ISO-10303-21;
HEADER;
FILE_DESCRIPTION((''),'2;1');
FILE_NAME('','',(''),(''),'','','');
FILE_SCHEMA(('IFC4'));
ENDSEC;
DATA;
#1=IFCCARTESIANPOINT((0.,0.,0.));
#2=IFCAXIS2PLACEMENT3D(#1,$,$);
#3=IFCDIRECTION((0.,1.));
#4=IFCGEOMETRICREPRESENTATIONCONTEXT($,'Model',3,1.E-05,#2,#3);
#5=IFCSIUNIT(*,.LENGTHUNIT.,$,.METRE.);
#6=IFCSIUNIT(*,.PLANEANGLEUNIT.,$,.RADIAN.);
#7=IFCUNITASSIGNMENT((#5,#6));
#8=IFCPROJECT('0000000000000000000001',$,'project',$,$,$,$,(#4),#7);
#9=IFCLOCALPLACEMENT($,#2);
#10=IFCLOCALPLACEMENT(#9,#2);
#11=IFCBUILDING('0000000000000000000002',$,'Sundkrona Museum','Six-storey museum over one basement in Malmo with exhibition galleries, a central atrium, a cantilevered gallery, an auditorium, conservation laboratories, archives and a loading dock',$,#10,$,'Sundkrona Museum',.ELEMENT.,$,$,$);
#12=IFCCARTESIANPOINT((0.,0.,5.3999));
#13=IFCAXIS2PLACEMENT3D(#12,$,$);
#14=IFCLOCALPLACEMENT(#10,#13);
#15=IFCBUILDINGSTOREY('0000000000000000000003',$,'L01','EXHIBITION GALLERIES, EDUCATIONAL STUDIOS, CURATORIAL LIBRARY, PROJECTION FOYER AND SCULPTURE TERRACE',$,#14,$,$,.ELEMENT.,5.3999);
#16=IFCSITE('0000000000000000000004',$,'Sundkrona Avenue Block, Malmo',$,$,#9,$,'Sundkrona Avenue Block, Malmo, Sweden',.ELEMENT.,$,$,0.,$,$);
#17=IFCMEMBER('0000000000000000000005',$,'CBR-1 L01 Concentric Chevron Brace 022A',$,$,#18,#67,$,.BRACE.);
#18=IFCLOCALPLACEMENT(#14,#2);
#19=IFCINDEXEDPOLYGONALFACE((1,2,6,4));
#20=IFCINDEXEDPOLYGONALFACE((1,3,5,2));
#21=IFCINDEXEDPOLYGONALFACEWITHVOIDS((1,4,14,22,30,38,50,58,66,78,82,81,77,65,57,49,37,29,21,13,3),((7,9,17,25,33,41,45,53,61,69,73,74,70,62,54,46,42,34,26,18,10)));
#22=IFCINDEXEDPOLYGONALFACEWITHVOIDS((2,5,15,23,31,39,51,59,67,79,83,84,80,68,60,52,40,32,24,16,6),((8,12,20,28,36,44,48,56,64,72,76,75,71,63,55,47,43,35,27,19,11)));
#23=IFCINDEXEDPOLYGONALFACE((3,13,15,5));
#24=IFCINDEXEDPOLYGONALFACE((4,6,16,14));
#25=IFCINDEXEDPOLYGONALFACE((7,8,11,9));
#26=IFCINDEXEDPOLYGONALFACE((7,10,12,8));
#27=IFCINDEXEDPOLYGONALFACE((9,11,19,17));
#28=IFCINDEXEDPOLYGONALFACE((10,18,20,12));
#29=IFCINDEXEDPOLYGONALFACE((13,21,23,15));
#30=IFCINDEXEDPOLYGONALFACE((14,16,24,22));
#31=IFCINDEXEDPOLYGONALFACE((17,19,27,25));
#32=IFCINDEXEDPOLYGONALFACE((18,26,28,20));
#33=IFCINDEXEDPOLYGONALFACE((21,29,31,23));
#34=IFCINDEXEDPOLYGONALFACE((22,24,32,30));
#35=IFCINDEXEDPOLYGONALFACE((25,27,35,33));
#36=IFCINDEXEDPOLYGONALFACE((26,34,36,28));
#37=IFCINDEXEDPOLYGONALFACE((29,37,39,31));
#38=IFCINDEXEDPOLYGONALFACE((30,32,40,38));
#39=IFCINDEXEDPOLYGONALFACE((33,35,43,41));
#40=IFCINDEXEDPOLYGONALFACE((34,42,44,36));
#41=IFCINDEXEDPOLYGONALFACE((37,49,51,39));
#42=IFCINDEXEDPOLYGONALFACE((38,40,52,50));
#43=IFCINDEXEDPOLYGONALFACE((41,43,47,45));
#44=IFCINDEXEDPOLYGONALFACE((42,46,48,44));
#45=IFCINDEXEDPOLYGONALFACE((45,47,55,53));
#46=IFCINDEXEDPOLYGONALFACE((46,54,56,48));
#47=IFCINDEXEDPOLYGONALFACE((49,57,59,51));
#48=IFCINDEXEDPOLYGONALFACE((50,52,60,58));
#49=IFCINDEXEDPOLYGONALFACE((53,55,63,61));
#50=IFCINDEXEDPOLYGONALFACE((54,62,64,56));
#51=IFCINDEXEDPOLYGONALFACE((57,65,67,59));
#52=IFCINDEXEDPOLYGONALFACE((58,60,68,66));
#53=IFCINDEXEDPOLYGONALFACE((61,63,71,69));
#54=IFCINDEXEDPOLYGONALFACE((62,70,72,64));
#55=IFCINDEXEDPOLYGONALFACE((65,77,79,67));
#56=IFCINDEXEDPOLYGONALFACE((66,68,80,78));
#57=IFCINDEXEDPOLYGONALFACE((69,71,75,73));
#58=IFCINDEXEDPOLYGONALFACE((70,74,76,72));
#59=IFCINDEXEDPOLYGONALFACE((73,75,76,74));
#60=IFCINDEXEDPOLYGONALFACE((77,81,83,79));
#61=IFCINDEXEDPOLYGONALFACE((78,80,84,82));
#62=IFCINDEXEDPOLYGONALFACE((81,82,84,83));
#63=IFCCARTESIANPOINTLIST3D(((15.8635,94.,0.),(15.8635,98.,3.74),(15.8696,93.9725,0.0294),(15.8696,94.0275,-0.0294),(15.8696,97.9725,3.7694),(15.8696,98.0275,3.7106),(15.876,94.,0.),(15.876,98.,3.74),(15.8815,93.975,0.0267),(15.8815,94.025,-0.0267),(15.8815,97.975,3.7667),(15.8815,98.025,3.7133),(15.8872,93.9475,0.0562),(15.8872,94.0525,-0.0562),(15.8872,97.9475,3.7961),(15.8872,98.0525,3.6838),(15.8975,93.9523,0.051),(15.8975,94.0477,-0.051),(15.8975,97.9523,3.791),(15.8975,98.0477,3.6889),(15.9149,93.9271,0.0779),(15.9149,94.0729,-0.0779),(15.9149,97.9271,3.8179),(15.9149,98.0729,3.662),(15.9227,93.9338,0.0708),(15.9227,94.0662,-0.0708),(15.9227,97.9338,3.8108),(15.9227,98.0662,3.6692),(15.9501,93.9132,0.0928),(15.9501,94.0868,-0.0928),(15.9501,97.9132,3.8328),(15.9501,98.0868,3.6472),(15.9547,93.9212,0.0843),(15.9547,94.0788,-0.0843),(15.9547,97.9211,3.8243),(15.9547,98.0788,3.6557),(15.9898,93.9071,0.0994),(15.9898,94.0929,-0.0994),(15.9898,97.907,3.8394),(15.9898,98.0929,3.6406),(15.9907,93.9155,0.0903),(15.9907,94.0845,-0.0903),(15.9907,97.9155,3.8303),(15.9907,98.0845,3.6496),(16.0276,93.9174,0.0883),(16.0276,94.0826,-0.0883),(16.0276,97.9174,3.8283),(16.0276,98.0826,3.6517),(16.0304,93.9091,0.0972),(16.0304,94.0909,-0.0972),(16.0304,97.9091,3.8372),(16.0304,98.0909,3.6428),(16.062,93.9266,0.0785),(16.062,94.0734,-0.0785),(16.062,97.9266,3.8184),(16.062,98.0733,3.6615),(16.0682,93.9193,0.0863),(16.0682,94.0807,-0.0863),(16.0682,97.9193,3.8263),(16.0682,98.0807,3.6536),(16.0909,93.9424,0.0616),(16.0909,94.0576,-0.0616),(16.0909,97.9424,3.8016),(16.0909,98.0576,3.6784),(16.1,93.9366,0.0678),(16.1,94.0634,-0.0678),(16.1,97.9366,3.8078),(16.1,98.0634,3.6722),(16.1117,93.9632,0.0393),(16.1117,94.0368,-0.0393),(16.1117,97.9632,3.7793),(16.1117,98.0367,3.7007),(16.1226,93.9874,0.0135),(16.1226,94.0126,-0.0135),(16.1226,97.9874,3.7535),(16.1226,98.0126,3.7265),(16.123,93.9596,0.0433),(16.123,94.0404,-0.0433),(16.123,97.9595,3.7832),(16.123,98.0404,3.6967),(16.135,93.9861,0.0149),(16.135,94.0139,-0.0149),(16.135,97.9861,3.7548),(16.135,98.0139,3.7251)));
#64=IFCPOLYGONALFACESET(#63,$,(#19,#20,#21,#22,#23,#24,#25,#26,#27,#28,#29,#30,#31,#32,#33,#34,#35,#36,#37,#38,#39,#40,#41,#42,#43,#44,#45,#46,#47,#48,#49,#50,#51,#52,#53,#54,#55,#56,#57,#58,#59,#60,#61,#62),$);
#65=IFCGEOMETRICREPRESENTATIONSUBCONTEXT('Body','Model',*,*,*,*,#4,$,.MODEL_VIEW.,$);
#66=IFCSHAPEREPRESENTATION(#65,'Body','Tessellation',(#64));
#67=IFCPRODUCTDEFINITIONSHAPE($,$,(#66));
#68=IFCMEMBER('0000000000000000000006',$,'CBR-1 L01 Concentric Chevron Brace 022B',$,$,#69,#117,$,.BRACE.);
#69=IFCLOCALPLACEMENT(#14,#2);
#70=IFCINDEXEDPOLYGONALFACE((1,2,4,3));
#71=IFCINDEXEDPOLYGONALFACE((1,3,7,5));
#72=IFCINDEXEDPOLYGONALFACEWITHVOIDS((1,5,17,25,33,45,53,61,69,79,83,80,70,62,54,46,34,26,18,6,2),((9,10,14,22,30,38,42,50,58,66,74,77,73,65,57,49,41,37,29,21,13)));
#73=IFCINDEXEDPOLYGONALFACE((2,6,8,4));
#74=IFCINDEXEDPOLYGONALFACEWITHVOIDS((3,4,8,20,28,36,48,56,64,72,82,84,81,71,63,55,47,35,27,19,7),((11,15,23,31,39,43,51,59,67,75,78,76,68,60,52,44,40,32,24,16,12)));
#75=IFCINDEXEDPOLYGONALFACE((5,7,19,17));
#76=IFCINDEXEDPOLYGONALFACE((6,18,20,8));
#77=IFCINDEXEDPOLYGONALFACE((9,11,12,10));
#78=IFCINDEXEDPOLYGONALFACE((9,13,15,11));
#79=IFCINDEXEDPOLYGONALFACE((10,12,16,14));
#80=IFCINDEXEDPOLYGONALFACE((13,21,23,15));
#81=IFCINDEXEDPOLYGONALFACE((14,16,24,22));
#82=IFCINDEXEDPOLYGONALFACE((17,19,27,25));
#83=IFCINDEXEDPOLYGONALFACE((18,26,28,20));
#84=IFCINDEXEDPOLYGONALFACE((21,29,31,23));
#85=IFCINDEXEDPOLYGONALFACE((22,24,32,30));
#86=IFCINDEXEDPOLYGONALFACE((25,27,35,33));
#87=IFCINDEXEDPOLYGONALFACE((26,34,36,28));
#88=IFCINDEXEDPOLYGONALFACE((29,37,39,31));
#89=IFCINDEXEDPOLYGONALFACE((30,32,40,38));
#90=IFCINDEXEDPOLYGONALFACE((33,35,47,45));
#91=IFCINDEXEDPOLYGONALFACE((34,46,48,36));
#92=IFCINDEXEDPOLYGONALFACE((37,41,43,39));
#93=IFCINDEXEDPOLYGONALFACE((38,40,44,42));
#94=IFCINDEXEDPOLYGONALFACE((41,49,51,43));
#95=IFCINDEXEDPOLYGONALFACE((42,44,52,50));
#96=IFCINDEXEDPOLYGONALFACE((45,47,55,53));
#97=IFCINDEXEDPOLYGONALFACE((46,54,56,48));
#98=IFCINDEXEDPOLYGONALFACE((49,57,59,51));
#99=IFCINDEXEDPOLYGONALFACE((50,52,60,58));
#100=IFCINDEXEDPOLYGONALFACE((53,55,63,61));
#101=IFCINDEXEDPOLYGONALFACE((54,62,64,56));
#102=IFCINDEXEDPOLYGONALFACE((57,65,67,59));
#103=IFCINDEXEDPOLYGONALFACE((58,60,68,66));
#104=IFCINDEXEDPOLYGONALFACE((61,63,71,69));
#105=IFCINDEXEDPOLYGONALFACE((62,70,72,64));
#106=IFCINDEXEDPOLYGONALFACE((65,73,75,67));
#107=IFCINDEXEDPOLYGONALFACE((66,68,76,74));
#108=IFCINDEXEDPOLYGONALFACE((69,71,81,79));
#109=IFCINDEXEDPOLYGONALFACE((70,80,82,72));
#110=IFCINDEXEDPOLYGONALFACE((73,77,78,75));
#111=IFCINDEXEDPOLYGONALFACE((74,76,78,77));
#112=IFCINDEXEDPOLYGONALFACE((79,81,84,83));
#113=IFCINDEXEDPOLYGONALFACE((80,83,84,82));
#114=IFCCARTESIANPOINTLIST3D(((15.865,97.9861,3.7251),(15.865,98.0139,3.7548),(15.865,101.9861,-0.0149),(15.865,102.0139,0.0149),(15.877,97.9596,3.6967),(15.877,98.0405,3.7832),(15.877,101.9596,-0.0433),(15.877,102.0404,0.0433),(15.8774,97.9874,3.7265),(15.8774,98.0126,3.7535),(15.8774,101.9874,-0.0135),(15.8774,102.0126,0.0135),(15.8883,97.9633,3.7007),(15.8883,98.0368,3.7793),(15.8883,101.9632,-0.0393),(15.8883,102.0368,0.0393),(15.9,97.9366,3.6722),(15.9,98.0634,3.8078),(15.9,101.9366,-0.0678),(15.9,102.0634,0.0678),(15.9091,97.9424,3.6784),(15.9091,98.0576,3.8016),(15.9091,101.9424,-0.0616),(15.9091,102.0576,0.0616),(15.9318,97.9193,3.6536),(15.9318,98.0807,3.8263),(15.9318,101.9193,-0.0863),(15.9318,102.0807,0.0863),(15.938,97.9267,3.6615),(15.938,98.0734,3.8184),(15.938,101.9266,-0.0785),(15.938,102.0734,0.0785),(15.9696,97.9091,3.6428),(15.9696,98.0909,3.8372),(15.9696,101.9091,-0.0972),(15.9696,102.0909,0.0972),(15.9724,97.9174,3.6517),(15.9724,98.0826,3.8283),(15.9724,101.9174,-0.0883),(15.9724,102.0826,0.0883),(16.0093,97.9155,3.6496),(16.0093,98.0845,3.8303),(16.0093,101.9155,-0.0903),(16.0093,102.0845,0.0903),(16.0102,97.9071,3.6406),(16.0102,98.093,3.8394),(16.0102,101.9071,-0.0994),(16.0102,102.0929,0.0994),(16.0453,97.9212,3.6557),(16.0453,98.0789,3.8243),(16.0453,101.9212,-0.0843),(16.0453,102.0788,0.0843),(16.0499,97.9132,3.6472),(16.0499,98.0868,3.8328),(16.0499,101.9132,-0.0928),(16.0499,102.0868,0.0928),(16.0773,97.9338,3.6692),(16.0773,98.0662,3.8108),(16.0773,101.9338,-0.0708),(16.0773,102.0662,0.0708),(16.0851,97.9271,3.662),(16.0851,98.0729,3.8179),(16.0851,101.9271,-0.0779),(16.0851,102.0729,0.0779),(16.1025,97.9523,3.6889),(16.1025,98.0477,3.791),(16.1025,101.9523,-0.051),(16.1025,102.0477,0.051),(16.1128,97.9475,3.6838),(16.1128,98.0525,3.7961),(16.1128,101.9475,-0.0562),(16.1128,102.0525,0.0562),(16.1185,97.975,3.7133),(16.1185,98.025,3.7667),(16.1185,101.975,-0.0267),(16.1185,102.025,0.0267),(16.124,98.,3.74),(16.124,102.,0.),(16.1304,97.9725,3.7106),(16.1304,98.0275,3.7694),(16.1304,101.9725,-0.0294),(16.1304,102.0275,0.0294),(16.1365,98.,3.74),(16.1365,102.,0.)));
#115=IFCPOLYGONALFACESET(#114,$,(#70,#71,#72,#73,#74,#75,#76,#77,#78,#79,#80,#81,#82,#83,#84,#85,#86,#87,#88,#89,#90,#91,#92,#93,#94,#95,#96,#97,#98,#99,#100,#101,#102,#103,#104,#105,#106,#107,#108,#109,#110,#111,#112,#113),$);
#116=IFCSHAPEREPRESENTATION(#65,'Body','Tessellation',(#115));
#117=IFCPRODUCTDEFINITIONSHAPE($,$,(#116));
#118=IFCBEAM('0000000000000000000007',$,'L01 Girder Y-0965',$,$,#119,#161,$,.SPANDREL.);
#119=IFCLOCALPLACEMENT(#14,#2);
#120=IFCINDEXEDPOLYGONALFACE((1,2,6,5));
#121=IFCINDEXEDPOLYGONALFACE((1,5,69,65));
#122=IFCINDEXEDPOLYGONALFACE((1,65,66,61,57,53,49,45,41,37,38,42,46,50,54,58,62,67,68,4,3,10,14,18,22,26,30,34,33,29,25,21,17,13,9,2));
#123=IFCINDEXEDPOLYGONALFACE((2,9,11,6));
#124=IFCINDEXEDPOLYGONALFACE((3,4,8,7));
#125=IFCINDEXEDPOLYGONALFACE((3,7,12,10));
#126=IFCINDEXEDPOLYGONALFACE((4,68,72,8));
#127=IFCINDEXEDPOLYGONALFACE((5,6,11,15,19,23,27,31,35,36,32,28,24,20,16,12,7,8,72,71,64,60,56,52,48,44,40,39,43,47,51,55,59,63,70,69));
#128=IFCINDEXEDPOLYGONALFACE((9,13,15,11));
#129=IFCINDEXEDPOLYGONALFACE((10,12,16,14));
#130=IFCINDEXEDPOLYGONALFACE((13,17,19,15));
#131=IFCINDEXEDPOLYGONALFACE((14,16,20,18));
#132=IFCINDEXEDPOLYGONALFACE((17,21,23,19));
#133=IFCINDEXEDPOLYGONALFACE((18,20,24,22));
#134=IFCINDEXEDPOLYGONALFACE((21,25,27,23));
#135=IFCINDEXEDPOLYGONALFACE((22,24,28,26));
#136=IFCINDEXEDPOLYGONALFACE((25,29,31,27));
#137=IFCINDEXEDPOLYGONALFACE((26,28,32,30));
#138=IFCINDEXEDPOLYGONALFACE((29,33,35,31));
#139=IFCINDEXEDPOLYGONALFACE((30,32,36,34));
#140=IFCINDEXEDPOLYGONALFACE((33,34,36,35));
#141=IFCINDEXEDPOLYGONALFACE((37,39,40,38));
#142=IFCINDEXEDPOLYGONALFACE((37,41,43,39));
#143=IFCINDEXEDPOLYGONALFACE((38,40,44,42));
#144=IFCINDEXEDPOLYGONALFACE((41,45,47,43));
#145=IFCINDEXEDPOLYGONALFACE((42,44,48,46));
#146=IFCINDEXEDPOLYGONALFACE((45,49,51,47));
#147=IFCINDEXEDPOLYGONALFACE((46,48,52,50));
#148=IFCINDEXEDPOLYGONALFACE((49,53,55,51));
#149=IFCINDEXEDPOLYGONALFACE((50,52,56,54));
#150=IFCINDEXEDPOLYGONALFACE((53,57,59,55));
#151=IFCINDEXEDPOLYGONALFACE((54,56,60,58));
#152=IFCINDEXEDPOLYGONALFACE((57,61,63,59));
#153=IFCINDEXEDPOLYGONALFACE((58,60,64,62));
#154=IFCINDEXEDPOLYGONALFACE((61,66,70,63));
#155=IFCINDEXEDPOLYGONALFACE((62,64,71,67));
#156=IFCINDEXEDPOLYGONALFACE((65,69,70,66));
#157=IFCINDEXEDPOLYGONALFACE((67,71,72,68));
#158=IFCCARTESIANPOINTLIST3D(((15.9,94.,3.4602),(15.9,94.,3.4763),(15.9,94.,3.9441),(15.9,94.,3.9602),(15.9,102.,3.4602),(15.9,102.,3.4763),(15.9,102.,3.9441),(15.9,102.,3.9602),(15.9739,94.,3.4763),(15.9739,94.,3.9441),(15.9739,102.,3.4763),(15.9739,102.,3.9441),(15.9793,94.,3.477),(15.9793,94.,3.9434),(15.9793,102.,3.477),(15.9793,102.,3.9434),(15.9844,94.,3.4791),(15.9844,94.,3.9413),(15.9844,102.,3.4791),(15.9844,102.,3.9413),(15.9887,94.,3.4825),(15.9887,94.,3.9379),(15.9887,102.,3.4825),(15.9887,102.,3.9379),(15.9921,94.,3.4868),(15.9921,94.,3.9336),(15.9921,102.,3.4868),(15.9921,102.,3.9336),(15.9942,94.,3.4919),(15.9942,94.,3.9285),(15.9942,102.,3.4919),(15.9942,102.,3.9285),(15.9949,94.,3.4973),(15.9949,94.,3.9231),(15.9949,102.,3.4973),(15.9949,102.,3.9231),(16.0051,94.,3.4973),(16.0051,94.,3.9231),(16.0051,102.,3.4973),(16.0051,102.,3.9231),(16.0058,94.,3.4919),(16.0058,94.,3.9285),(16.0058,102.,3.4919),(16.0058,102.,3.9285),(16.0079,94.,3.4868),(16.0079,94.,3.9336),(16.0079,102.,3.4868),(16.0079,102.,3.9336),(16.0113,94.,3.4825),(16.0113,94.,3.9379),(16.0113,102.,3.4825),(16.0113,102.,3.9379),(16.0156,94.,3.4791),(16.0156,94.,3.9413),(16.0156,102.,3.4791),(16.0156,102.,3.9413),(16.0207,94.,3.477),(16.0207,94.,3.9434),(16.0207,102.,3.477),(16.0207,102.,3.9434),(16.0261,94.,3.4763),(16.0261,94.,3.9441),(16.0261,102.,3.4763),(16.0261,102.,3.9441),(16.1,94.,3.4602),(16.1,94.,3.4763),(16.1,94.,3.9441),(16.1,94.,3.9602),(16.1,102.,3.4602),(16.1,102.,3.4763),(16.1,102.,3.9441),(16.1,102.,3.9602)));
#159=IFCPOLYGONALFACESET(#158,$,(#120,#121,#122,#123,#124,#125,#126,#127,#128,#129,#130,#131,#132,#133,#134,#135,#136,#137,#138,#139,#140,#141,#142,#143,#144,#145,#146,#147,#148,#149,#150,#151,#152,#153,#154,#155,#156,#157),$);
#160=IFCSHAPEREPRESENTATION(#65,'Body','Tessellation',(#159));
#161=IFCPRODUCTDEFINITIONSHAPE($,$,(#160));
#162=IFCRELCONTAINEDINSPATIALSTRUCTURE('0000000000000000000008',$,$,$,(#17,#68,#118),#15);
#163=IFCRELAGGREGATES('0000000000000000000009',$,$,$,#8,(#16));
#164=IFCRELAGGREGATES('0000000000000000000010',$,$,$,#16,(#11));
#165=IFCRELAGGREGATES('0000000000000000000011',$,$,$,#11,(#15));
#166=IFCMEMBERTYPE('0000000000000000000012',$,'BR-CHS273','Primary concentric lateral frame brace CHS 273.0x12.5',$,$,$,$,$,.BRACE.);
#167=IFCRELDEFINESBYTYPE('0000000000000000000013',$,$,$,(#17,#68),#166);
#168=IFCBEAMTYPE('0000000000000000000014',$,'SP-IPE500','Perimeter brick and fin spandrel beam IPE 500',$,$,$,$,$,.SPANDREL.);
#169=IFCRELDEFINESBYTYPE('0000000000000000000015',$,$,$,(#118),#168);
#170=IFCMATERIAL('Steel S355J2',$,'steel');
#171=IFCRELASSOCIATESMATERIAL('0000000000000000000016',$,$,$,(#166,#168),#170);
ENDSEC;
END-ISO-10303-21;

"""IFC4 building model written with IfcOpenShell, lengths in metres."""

from ifc_helpers import new_model, si_unit, direction, frame, origin, origin_2d, place, context, subcontext, project, spatial, hollow_circle, i_section, extrude, material, material_profile, profile_set, type_object, element, save


model = new_model("IFC4")

# Units and contexts
model_context = context("Model", 3, precision=1e-05, world=origin(), true_north=direction((0.0, 1.0)))
body_context = subcontext(model_context, "Body", "Model", "MODEL_VIEW")
ifc_project = project(units=[si_unit("LENGTHUNIT", "METRE"), si_unit("PLANEANGLEUNIT", "RADIAN")], contexts=[model_context])

# Site, building, storey
site_placement = place(None, origin())
site = spatial("IfcSite", under=ifc_project, at=site_placement, Name="Sundkrona Avenue Block, Malmo", LongName="Sundkrona Avenue Block, Malmo, Sweden", CompositionType="ELEMENT", RefElevation=0.0)
building_placement = place(site_placement, origin())
building = spatial("IfcBuilding", under=site, at=building_placement, Name="Sundkrona Museum", Description="Six-storey museum over one basement in Malmo with exhibition galleries, a central atrium, a cantilevered gallery, an auditorium, conservation laboratories, archives and a loading dock", LongName="Sundkrona Museum", CompositionType="ELEMENT")
storey_placement = place(building_placement, frame((0.0, 0.0, 5.3999)))
storey = spatial("IfcBuildingStorey", under=building, at=storey_placement, Name="L01", Description="EXHIBITION GALLERIES, EDUCATIONAL STUDIOS, CURATORIAL LIBRARY, PROJECTION FOYER AND SCULPTURE TERRACE", CompositionType="ELEMENT", Elevation=5.3999)

# Shared definitions
ifc_material_1 = material(Name="Steel S355J2", Category="steel")

# Members
ifc_material_profile_1 = material_profile(ifc_material_1, hollow_circle(Radius=0.1365, WallThickness=0.0125, at=origin_2d()), Name="CHS 273.0x12.5")
ifc_profile_set_1 = profile_set([ifc_material_profile_1], Name="Steel S355J2")
member_type = type_object("IfcMemberType", Name="BR-CHS273", Description="Primary concentric lateral frame brace CHS 273.0x12.5", PredefinedType="BRACE", material=ifc_profile_set_1)
for number, where, z_axis, x_axis, name in (
    (1, (16.0, 94.0, 0.0), (0.0, 0.730449, 0.682968), (-1.0, 0.0, 0.0), "CBR-1 L01 Concentric Chevron Brace 022A"),
    (2, (16.0, 102.0, 0.0), (0.0, -0.730449, 0.682968), (1.0, 0.0, 0.0), "CBR-1 L01 Concentric Chevron Brace 022B"),
):
    element("IfcMember", number, at=place(storey_placement, frame(where, z_axis=z_axis, x_axis=x_axis)), inside=storey, type_object=member_type, Name=name, PredefinedType="BRACE", context=body_context, shape_type="SweptSolid", body=[
        extrude(hollow_circle(Radius=0.1365, WallThickness=0.0125, at=origin_2d()), origin(), (0.0, 0.0, 1.0), 5.4761),
    ])

# Beam
ifc_material_profile_2 = material_profile(ifc_material_1, i_section(OverallWidth=0.2, OverallDepth=0.5, WebThickness=0.0103, FlangeThickness=0.0161, FilletRadius=0.021, at=origin_2d()), Name="IPE 500")
ifc_profile_set_2 = profile_set([ifc_material_profile_2], Name="Steel S355J2")
beam_type_1 = type_object("IfcBeamType", Name="SP-IPE500", Description="Perimeter brick and fin spandrel beam IPE 500", PredefinedType="SPANDREL", material=ifc_profile_set_2)
beam_1_placement = place(storey_placement, frame((16.0, 94.0, 3.7102), z_axis=(0.0, 1.0, 0.0), x_axis=(-1.0, 0.0, 0.0)))
element("IfcBeam", 3, at=beam_1_placement, inside=storey, type_object=beam_type_1, Name="L01 Girder Y-0965", PredefinedType="SPANDREL", context=body_context, shape_type="SweptSolid", body=[
    extrude(i_section(OverallWidth=0.2, OverallDepth=0.5, WebThickness=0.0103, FlangeThickness=0.0161, FilletRadius=0.021, at=origin_2d()), origin(), (0.0, 0.0, 1.0), 8.0),
])

save(model, "model.ifc")
